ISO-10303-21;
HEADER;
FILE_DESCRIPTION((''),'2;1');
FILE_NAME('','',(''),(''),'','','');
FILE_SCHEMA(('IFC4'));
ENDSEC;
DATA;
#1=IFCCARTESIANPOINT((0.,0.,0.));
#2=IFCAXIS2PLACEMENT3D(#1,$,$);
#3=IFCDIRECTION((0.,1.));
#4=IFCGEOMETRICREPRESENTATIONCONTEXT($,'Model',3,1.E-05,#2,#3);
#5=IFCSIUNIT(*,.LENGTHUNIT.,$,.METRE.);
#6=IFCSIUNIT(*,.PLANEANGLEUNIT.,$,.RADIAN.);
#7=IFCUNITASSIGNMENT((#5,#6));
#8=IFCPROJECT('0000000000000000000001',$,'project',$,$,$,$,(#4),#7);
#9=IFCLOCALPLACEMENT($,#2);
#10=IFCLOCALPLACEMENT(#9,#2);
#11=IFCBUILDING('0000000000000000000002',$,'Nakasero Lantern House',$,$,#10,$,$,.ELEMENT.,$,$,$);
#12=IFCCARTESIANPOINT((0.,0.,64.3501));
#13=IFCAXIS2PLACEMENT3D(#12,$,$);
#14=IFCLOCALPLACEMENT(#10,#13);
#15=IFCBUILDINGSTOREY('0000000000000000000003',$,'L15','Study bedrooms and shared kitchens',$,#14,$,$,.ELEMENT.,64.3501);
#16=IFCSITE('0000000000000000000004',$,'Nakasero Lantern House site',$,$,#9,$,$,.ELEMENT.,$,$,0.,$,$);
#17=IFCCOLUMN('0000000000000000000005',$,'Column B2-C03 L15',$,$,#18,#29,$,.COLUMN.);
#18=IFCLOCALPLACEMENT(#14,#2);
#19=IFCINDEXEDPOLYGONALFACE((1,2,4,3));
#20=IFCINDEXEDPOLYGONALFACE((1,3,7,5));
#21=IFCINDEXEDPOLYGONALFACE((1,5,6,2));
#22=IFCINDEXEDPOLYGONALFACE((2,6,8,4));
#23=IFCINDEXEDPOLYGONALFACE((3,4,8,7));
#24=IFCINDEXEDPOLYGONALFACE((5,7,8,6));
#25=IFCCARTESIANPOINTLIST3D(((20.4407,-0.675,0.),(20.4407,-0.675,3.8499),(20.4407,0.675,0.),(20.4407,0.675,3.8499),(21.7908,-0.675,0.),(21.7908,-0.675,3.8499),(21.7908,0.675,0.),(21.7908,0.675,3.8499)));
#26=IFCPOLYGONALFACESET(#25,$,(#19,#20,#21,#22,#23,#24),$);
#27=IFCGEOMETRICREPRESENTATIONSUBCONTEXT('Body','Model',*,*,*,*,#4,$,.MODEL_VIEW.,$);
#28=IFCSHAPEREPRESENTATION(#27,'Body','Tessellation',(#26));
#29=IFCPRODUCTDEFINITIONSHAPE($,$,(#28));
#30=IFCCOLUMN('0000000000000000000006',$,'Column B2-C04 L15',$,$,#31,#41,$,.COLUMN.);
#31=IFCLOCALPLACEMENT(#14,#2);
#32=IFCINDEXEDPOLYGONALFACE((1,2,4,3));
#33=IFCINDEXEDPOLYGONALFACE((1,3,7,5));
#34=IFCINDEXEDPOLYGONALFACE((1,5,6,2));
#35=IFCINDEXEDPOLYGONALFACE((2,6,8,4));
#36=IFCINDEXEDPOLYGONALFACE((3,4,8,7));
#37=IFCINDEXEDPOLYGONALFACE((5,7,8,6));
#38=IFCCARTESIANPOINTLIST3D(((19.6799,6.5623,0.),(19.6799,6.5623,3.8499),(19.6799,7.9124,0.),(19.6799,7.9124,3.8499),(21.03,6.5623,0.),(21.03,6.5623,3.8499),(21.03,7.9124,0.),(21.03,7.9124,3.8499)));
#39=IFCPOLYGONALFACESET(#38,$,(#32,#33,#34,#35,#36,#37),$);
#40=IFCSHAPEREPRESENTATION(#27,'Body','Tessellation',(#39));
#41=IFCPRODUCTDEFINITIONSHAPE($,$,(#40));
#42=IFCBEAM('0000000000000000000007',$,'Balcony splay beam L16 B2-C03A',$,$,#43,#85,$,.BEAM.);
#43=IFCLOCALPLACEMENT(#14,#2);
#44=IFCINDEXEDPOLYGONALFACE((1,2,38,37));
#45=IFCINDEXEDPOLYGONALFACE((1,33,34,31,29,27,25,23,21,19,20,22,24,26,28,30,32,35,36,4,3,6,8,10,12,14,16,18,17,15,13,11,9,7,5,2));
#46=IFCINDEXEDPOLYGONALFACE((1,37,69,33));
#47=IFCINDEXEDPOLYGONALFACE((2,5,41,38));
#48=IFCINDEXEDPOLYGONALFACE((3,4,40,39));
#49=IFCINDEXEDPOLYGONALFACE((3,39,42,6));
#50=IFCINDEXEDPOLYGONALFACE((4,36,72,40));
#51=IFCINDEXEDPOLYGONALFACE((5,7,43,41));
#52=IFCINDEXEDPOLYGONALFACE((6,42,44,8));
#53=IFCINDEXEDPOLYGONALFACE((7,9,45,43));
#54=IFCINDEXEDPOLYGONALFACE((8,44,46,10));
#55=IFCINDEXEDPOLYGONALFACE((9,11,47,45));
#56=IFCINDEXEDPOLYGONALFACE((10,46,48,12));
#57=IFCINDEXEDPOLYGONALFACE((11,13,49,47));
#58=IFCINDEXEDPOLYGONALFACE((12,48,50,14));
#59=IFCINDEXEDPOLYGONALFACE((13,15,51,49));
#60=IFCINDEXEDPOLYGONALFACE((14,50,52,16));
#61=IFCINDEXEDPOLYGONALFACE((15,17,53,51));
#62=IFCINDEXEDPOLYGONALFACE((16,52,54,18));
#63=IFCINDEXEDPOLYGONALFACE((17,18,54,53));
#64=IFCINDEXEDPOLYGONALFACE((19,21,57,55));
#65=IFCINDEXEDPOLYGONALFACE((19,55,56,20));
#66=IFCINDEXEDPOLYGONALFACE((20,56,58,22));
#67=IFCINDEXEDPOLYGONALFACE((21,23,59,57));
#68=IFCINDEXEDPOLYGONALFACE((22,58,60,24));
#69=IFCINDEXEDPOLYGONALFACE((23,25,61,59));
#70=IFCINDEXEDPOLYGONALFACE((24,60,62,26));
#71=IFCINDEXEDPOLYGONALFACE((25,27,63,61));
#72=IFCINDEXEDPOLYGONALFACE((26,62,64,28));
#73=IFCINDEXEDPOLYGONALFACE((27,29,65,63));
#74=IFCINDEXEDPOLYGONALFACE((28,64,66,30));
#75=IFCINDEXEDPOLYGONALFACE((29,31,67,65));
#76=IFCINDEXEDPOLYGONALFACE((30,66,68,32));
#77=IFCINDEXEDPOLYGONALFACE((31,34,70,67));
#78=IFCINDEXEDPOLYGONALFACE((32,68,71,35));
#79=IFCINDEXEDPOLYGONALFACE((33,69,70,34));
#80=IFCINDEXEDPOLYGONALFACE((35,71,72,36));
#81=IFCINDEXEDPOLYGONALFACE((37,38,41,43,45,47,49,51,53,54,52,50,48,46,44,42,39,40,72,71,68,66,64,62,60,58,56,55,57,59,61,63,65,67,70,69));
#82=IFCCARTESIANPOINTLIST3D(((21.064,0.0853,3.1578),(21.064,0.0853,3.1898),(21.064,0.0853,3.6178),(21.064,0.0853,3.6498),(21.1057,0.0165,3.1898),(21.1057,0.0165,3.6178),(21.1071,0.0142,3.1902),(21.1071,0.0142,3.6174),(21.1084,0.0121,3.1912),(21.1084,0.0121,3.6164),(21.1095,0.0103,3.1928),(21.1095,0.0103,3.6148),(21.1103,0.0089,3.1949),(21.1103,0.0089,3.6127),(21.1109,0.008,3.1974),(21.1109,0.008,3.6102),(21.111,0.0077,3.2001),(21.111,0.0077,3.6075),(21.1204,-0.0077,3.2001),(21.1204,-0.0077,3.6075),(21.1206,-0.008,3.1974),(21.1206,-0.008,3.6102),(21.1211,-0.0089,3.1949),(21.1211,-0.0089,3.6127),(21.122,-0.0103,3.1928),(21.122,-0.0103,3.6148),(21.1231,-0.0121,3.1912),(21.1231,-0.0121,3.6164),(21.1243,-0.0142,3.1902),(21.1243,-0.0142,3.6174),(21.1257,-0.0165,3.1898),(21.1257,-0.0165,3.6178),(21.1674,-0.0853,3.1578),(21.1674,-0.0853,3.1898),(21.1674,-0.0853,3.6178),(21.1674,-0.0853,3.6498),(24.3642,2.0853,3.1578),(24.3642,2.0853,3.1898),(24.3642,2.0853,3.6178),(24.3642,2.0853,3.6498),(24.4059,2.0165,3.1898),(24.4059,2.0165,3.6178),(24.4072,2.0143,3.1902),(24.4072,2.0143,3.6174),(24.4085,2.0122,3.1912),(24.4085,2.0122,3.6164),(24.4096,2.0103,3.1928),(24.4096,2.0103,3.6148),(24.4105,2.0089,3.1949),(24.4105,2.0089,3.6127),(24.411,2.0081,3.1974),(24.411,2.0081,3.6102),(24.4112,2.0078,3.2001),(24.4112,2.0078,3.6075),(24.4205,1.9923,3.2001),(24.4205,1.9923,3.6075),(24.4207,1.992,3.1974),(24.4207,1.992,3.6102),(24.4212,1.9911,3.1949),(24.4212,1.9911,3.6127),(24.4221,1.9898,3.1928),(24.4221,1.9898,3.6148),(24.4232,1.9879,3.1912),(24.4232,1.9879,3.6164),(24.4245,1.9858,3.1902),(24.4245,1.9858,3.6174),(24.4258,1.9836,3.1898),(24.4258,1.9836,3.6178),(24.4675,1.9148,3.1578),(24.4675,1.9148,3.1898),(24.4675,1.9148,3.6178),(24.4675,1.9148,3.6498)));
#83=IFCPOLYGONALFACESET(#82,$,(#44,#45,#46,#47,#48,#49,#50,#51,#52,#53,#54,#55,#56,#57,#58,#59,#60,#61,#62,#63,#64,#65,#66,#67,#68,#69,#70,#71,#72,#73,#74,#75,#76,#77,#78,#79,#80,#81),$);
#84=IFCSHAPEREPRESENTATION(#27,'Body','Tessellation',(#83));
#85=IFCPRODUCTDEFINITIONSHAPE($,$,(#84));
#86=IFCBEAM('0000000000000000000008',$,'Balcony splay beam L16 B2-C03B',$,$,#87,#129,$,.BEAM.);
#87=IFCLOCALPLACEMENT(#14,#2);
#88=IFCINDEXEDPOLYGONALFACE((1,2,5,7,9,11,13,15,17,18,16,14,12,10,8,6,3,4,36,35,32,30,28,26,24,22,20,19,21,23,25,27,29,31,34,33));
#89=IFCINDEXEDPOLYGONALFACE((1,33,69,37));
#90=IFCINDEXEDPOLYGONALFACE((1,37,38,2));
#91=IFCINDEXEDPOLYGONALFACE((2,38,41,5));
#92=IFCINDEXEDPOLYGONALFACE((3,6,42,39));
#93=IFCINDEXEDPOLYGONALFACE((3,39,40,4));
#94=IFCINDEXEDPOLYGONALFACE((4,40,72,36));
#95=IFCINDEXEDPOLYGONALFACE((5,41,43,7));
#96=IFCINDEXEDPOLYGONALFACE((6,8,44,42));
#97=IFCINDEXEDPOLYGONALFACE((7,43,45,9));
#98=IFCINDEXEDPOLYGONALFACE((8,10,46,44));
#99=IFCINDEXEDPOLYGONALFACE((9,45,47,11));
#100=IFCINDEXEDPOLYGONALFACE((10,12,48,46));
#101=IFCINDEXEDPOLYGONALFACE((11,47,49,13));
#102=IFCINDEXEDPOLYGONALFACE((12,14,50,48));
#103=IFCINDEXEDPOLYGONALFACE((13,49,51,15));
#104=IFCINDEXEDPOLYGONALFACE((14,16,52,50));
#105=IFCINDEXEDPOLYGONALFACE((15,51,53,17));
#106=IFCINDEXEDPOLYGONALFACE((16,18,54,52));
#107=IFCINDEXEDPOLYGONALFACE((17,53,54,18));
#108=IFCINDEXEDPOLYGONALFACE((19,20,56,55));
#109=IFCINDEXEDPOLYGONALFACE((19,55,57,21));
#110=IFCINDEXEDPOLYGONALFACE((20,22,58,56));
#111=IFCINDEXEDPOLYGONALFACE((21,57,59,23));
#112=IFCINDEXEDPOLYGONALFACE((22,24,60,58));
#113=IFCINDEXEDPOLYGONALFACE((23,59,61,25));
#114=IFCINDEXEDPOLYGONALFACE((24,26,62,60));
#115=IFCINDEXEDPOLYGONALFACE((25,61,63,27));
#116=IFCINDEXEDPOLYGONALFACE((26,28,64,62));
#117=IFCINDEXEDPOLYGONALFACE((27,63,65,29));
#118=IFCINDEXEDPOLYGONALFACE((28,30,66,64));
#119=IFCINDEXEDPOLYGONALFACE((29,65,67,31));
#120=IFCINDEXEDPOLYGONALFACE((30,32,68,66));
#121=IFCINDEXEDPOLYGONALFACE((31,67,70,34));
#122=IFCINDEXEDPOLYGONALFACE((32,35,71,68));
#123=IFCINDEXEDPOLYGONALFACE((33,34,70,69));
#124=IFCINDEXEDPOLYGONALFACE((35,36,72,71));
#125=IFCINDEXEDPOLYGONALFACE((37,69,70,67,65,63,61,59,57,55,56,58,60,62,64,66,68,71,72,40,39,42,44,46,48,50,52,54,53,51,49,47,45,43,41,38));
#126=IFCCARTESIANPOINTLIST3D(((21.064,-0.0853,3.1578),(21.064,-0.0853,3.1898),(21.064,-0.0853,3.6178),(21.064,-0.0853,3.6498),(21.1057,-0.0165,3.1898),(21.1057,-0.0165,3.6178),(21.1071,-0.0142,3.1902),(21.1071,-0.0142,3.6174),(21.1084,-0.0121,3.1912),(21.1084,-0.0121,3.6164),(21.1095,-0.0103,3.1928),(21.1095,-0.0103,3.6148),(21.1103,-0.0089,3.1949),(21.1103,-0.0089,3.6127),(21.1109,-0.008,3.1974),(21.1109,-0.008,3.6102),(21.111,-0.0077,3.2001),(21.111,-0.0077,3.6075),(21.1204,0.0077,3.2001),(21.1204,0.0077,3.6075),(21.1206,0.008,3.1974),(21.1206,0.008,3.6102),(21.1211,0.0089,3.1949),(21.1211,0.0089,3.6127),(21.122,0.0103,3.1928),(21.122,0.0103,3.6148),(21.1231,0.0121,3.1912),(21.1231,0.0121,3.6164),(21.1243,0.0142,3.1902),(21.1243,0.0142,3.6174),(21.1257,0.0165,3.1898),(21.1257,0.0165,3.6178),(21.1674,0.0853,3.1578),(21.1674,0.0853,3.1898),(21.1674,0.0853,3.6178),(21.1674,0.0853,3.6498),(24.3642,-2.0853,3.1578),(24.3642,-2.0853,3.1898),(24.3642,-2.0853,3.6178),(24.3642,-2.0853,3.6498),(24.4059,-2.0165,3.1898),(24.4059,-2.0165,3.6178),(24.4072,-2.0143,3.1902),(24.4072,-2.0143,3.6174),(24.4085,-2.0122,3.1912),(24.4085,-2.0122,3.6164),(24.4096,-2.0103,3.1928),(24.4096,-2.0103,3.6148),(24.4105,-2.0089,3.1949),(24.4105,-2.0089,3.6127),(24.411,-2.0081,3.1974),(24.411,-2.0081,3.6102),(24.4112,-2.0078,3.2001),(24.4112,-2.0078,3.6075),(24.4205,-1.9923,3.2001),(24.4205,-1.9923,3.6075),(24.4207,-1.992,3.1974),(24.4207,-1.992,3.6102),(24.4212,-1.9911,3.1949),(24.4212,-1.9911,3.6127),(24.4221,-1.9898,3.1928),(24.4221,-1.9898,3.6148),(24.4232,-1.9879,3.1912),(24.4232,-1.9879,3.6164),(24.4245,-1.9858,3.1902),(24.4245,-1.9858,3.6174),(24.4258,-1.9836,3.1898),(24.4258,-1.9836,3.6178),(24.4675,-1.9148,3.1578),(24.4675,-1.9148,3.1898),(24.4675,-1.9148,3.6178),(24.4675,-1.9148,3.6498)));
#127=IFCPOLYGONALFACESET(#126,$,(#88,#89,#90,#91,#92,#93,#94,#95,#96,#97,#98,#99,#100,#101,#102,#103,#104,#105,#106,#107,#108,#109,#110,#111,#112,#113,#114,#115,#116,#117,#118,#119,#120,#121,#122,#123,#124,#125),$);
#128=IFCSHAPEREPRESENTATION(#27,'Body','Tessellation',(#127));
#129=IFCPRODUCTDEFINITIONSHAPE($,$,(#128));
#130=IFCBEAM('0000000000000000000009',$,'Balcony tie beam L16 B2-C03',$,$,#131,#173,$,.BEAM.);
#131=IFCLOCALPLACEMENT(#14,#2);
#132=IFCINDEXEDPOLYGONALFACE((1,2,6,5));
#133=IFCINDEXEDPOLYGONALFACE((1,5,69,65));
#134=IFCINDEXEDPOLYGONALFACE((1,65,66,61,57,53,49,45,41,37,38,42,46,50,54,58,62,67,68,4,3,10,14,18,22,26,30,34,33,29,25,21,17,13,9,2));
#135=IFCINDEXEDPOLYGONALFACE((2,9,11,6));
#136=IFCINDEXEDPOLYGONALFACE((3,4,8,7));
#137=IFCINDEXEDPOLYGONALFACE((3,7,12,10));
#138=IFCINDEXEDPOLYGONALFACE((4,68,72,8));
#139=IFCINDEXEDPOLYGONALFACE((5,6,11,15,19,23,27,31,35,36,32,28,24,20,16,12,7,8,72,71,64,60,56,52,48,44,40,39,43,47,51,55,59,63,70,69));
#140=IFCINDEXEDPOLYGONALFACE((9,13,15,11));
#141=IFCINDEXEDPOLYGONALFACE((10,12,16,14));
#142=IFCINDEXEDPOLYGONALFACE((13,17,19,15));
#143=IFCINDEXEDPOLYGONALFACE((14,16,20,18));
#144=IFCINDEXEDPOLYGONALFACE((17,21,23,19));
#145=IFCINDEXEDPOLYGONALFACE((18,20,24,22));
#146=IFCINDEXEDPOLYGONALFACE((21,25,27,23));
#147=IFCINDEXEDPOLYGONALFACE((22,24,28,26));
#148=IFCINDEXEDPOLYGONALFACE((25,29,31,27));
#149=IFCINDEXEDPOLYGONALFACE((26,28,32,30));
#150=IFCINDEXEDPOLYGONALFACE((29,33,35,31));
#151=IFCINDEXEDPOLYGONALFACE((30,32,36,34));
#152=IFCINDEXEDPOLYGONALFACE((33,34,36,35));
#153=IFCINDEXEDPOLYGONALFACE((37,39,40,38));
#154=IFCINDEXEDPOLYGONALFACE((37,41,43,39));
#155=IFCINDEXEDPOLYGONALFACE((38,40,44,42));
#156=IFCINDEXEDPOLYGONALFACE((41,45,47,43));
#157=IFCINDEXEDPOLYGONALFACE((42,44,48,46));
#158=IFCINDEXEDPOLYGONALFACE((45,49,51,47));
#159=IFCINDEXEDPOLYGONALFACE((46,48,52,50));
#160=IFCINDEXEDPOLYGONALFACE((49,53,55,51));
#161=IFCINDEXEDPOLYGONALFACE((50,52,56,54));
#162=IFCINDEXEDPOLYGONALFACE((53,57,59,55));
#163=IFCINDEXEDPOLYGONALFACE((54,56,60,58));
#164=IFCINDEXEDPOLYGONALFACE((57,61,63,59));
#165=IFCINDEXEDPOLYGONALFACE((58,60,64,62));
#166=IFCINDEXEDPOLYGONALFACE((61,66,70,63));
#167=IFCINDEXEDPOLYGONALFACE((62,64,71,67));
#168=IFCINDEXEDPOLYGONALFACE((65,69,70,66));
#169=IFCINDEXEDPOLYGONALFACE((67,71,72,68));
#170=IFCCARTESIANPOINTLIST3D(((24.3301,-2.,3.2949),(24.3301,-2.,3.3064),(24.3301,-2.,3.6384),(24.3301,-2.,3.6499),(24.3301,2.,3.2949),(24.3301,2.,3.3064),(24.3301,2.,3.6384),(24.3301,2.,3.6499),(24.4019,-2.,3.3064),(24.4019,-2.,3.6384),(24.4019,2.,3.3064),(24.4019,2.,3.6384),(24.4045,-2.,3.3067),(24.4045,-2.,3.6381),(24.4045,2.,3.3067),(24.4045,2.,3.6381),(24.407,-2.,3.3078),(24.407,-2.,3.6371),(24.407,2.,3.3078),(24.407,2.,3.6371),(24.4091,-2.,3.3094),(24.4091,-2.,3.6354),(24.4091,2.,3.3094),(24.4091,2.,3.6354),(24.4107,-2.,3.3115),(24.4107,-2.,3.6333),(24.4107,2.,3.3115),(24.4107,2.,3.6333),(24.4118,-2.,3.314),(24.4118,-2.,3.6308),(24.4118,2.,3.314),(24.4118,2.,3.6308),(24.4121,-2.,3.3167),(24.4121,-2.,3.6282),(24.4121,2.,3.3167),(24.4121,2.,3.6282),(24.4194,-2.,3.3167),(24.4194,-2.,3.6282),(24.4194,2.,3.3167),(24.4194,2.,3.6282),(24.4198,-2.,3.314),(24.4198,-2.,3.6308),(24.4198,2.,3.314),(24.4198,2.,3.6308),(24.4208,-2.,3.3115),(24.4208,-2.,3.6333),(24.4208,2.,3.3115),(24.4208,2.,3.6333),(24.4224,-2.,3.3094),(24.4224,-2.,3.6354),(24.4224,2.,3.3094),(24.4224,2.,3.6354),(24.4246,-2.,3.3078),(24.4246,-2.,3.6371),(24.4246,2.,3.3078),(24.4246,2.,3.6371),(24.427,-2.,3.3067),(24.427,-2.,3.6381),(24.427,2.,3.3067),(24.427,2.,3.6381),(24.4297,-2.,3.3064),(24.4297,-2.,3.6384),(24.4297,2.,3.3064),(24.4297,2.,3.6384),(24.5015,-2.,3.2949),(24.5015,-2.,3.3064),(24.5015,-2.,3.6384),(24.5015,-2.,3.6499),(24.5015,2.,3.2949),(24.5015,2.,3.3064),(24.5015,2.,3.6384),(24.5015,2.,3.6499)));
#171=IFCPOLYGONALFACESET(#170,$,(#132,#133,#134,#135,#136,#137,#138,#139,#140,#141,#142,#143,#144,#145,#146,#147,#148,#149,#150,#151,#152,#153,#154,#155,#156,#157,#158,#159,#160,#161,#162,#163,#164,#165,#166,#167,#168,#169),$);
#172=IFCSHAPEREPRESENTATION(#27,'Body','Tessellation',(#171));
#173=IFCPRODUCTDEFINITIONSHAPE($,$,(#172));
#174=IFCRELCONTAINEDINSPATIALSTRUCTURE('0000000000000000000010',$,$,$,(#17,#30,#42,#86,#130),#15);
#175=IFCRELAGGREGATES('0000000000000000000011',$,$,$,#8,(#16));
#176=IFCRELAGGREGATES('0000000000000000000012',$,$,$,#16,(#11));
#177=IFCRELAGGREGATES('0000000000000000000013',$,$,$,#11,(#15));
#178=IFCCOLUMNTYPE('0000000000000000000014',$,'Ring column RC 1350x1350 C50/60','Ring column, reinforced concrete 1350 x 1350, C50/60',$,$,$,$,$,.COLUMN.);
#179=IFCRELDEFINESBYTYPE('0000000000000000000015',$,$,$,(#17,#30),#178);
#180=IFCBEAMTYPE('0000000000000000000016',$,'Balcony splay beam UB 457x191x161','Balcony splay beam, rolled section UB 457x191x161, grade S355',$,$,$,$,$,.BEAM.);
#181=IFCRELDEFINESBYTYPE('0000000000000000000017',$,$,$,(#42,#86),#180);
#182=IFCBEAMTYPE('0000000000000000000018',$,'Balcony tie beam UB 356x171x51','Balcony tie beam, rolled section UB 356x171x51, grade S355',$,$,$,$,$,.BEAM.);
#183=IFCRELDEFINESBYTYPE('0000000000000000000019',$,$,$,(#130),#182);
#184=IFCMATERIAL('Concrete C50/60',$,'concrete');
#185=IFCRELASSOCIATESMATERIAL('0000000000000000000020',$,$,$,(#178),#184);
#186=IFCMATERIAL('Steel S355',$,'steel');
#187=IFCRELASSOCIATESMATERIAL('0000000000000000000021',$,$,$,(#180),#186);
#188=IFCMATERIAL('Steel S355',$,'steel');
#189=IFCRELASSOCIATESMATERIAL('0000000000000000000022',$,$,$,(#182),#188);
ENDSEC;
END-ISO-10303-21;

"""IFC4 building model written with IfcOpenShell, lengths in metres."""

from ifc_helpers import new_model, si_unit, direction, frame, origin, origin_2d, place, context, subcontext, project, spatial, rectangle, i_section, extrude, material, material_profile, profile_set, type_object, element, save


model = new_model("IFC4")

# Units and contexts
model_context = context("Model", 3, precision=1e-05, world=origin(), true_north=direction((0.0, 1.0)))
body_context = subcontext(model_context, "Body", "Model", "MODEL_VIEW")
ifc_project = project(units=[si_unit("LENGTHUNIT", "METRE"), si_unit("PLANEANGLEUNIT", "RADIAN")], contexts=[model_context])

# Site, building, storey
site_placement = place(None, origin())
site = spatial("IfcSite", under=ifc_project, at=site_placement, Name="Nakasero Lantern House site", CompositionType="ELEMENT", RefElevation=0.0)
building_placement = place(site_placement, origin())
building = spatial("IfcBuilding", under=site, at=building_placement, Name="Nakasero Lantern House", CompositionType="ELEMENT")
storey_placement = place(building_placement, frame((0.0, 0.0, 64.3501)))
storey = spatial("IfcBuildingStorey", under=building, at=storey_placement, Name="L15", Description="Study bedrooms and shared kitchens", CompositionType="ELEMENT", Elevation=64.3501)

# Columns
ifc_material_1 = material(Name="Concrete C50/60", Category="concrete")
ifc_material_profile_1 = material_profile(ifc_material_1, rectangle(XDim=1.3501, YDim=1.3501, at=origin_2d()), Name="RC 1350x1350")
ifc_profile_set_1 = profile_set([ifc_material_profile_1], Name="Concrete C50/60")
column_type = type_object("IfcColumnType", Name="Ring column RC 1350x1350 C50/60", Description="Ring column, reinforced concrete 1350 x 1350, C50/60", PredefinedType="COLUMN", material=ifc_profile_set_1)
for number, where, z_axis, x_axis, name in (
    (1, (21.1157, 0.0, 0.0), (0.0, 0.0, 1.0), (1.0, 0.0, 0.0), "Column B2-C03 L15"),
    (2, (20.355, 7.2373, 0.0), (0.0, 0.0, 1.0), (1.0, 0.0, 0.0), "Column B2-C04 L15"),
):
    element("IfcColumn", number, at=place(storey_placement, frame(where, z_axis=z_axis, x_axis=x_axis)), inside=storey, type_object=column_type, Name=name, PredefinedType="COLUMN", context=body_context, shape_type="SweptSolid", body=[
        extrude(rectangle(XDim=1.3501, YDim=1.3501, at=origin_2d()), origin(), (0.0, 0.0, 1.0), 3.8499),
    ])

# Beams
ifc_material_2 = material(Name="Steel S355", Category="steel")
ifc_material_profile_2 = material_profile(ifc_material_2, i_section(OverallWidth=0.1995, OverallDepth=0.4919, WebThickness=0.0181, FlangeThickness=0.032, FilletRadius=0.0103, at=origin_2d()), Name="UB 457x191x161")
ifc_profile_set_2 = profile_set([ifc_material_profile_2], Name="Steel S355")
beam_type_1 = type_object("IfcBeamType", Name="Balcony splay beam UB 457x191x161", Description="Balcony splay beam, rolled section UB 457x191x161, grade S355", PredefinedType="BEAM", material=ifc_profile_set_2)
for number, where, z_axis, x_axis, name in (
    (3, (21.1157, 0.0, 3.4038), (0.855201, 0.518296, 0.0), (-0.518296, 0.855201, 0.0), "Balcony splay beam L16 B2-C03A"),
    (4, (21.1157, 0.0, 3.4038), (0.855201, -0.518296, 0.0), (0.518296, 0.855201, 0.0), "Balcony splay beam L16 B2-C03B"),
):
    element("IfcBeam", number, at=place(storey_placement, frame(where, z_axis=z_axis, x_axis=x_axis)), inside=storey, type_object=beam_type_1, Name=name, PredefinedType="BEAM", context=body_context, shape_type="SweptSolid", body=[
        extrude(i_section(OverallWidth=0.1995, OverallDepth=0.4919, WebThickness=0.0181, FlangeThickness=0.032, FilletRadius=0.0103, at=origin_2d()), origin(), (0.0, 0.0, 1.0), 3.8589),
    ])
ifc_material_3 = material(Name="Steel S355", Category="steel")
ifc_material_profile_3 = material_profile(ifc_material_3, i_section(OverallWidth=0.1714, OverallDepth=0.355, WebThickness=0.0073, FlangeThickness=0.0115, FilletRadius=0.0103, at=origin_2d()), Name="UB 356x171x51")
ifc_profile_set_3 = profile_set([ifc_material_profile_3], Name="Steel S355")
beam_type_2 = type_object("IfcBeamType", Name="Balcony tie beam UB 356x171x51", Description="Balcony tie beam, rolled section UB 356x171x51, grade S355", PredefinedType="BEAM", material=ifc_profile_set_3)
beam_1_placement = place(storey_placement, frame((24.4158, 2.0, 3.4724), z_axis=(0.0, -1.0, 0.0), x_axis=(1.0, 0.0, 0.0)))
element("IfcBeam", 5, at=beam_1_placement, inside=storey, type_object=beam_type_2, Name="Balcony tie beam L16 B2-C03", PredefinedType="BEAM", context=body_context, shape_type="SweptSolid", body=[
    extrude(i_section(OverallWidth=0.1714, OverallDepth=0.355, WebThickness=0.0073, FlangeThickness=0.0115, FilletRadius=0.0103, at=origin_2d()), origin(), (0.0, 0.0, 1.0), 4.0),
])

save(model, "model.ifc")
